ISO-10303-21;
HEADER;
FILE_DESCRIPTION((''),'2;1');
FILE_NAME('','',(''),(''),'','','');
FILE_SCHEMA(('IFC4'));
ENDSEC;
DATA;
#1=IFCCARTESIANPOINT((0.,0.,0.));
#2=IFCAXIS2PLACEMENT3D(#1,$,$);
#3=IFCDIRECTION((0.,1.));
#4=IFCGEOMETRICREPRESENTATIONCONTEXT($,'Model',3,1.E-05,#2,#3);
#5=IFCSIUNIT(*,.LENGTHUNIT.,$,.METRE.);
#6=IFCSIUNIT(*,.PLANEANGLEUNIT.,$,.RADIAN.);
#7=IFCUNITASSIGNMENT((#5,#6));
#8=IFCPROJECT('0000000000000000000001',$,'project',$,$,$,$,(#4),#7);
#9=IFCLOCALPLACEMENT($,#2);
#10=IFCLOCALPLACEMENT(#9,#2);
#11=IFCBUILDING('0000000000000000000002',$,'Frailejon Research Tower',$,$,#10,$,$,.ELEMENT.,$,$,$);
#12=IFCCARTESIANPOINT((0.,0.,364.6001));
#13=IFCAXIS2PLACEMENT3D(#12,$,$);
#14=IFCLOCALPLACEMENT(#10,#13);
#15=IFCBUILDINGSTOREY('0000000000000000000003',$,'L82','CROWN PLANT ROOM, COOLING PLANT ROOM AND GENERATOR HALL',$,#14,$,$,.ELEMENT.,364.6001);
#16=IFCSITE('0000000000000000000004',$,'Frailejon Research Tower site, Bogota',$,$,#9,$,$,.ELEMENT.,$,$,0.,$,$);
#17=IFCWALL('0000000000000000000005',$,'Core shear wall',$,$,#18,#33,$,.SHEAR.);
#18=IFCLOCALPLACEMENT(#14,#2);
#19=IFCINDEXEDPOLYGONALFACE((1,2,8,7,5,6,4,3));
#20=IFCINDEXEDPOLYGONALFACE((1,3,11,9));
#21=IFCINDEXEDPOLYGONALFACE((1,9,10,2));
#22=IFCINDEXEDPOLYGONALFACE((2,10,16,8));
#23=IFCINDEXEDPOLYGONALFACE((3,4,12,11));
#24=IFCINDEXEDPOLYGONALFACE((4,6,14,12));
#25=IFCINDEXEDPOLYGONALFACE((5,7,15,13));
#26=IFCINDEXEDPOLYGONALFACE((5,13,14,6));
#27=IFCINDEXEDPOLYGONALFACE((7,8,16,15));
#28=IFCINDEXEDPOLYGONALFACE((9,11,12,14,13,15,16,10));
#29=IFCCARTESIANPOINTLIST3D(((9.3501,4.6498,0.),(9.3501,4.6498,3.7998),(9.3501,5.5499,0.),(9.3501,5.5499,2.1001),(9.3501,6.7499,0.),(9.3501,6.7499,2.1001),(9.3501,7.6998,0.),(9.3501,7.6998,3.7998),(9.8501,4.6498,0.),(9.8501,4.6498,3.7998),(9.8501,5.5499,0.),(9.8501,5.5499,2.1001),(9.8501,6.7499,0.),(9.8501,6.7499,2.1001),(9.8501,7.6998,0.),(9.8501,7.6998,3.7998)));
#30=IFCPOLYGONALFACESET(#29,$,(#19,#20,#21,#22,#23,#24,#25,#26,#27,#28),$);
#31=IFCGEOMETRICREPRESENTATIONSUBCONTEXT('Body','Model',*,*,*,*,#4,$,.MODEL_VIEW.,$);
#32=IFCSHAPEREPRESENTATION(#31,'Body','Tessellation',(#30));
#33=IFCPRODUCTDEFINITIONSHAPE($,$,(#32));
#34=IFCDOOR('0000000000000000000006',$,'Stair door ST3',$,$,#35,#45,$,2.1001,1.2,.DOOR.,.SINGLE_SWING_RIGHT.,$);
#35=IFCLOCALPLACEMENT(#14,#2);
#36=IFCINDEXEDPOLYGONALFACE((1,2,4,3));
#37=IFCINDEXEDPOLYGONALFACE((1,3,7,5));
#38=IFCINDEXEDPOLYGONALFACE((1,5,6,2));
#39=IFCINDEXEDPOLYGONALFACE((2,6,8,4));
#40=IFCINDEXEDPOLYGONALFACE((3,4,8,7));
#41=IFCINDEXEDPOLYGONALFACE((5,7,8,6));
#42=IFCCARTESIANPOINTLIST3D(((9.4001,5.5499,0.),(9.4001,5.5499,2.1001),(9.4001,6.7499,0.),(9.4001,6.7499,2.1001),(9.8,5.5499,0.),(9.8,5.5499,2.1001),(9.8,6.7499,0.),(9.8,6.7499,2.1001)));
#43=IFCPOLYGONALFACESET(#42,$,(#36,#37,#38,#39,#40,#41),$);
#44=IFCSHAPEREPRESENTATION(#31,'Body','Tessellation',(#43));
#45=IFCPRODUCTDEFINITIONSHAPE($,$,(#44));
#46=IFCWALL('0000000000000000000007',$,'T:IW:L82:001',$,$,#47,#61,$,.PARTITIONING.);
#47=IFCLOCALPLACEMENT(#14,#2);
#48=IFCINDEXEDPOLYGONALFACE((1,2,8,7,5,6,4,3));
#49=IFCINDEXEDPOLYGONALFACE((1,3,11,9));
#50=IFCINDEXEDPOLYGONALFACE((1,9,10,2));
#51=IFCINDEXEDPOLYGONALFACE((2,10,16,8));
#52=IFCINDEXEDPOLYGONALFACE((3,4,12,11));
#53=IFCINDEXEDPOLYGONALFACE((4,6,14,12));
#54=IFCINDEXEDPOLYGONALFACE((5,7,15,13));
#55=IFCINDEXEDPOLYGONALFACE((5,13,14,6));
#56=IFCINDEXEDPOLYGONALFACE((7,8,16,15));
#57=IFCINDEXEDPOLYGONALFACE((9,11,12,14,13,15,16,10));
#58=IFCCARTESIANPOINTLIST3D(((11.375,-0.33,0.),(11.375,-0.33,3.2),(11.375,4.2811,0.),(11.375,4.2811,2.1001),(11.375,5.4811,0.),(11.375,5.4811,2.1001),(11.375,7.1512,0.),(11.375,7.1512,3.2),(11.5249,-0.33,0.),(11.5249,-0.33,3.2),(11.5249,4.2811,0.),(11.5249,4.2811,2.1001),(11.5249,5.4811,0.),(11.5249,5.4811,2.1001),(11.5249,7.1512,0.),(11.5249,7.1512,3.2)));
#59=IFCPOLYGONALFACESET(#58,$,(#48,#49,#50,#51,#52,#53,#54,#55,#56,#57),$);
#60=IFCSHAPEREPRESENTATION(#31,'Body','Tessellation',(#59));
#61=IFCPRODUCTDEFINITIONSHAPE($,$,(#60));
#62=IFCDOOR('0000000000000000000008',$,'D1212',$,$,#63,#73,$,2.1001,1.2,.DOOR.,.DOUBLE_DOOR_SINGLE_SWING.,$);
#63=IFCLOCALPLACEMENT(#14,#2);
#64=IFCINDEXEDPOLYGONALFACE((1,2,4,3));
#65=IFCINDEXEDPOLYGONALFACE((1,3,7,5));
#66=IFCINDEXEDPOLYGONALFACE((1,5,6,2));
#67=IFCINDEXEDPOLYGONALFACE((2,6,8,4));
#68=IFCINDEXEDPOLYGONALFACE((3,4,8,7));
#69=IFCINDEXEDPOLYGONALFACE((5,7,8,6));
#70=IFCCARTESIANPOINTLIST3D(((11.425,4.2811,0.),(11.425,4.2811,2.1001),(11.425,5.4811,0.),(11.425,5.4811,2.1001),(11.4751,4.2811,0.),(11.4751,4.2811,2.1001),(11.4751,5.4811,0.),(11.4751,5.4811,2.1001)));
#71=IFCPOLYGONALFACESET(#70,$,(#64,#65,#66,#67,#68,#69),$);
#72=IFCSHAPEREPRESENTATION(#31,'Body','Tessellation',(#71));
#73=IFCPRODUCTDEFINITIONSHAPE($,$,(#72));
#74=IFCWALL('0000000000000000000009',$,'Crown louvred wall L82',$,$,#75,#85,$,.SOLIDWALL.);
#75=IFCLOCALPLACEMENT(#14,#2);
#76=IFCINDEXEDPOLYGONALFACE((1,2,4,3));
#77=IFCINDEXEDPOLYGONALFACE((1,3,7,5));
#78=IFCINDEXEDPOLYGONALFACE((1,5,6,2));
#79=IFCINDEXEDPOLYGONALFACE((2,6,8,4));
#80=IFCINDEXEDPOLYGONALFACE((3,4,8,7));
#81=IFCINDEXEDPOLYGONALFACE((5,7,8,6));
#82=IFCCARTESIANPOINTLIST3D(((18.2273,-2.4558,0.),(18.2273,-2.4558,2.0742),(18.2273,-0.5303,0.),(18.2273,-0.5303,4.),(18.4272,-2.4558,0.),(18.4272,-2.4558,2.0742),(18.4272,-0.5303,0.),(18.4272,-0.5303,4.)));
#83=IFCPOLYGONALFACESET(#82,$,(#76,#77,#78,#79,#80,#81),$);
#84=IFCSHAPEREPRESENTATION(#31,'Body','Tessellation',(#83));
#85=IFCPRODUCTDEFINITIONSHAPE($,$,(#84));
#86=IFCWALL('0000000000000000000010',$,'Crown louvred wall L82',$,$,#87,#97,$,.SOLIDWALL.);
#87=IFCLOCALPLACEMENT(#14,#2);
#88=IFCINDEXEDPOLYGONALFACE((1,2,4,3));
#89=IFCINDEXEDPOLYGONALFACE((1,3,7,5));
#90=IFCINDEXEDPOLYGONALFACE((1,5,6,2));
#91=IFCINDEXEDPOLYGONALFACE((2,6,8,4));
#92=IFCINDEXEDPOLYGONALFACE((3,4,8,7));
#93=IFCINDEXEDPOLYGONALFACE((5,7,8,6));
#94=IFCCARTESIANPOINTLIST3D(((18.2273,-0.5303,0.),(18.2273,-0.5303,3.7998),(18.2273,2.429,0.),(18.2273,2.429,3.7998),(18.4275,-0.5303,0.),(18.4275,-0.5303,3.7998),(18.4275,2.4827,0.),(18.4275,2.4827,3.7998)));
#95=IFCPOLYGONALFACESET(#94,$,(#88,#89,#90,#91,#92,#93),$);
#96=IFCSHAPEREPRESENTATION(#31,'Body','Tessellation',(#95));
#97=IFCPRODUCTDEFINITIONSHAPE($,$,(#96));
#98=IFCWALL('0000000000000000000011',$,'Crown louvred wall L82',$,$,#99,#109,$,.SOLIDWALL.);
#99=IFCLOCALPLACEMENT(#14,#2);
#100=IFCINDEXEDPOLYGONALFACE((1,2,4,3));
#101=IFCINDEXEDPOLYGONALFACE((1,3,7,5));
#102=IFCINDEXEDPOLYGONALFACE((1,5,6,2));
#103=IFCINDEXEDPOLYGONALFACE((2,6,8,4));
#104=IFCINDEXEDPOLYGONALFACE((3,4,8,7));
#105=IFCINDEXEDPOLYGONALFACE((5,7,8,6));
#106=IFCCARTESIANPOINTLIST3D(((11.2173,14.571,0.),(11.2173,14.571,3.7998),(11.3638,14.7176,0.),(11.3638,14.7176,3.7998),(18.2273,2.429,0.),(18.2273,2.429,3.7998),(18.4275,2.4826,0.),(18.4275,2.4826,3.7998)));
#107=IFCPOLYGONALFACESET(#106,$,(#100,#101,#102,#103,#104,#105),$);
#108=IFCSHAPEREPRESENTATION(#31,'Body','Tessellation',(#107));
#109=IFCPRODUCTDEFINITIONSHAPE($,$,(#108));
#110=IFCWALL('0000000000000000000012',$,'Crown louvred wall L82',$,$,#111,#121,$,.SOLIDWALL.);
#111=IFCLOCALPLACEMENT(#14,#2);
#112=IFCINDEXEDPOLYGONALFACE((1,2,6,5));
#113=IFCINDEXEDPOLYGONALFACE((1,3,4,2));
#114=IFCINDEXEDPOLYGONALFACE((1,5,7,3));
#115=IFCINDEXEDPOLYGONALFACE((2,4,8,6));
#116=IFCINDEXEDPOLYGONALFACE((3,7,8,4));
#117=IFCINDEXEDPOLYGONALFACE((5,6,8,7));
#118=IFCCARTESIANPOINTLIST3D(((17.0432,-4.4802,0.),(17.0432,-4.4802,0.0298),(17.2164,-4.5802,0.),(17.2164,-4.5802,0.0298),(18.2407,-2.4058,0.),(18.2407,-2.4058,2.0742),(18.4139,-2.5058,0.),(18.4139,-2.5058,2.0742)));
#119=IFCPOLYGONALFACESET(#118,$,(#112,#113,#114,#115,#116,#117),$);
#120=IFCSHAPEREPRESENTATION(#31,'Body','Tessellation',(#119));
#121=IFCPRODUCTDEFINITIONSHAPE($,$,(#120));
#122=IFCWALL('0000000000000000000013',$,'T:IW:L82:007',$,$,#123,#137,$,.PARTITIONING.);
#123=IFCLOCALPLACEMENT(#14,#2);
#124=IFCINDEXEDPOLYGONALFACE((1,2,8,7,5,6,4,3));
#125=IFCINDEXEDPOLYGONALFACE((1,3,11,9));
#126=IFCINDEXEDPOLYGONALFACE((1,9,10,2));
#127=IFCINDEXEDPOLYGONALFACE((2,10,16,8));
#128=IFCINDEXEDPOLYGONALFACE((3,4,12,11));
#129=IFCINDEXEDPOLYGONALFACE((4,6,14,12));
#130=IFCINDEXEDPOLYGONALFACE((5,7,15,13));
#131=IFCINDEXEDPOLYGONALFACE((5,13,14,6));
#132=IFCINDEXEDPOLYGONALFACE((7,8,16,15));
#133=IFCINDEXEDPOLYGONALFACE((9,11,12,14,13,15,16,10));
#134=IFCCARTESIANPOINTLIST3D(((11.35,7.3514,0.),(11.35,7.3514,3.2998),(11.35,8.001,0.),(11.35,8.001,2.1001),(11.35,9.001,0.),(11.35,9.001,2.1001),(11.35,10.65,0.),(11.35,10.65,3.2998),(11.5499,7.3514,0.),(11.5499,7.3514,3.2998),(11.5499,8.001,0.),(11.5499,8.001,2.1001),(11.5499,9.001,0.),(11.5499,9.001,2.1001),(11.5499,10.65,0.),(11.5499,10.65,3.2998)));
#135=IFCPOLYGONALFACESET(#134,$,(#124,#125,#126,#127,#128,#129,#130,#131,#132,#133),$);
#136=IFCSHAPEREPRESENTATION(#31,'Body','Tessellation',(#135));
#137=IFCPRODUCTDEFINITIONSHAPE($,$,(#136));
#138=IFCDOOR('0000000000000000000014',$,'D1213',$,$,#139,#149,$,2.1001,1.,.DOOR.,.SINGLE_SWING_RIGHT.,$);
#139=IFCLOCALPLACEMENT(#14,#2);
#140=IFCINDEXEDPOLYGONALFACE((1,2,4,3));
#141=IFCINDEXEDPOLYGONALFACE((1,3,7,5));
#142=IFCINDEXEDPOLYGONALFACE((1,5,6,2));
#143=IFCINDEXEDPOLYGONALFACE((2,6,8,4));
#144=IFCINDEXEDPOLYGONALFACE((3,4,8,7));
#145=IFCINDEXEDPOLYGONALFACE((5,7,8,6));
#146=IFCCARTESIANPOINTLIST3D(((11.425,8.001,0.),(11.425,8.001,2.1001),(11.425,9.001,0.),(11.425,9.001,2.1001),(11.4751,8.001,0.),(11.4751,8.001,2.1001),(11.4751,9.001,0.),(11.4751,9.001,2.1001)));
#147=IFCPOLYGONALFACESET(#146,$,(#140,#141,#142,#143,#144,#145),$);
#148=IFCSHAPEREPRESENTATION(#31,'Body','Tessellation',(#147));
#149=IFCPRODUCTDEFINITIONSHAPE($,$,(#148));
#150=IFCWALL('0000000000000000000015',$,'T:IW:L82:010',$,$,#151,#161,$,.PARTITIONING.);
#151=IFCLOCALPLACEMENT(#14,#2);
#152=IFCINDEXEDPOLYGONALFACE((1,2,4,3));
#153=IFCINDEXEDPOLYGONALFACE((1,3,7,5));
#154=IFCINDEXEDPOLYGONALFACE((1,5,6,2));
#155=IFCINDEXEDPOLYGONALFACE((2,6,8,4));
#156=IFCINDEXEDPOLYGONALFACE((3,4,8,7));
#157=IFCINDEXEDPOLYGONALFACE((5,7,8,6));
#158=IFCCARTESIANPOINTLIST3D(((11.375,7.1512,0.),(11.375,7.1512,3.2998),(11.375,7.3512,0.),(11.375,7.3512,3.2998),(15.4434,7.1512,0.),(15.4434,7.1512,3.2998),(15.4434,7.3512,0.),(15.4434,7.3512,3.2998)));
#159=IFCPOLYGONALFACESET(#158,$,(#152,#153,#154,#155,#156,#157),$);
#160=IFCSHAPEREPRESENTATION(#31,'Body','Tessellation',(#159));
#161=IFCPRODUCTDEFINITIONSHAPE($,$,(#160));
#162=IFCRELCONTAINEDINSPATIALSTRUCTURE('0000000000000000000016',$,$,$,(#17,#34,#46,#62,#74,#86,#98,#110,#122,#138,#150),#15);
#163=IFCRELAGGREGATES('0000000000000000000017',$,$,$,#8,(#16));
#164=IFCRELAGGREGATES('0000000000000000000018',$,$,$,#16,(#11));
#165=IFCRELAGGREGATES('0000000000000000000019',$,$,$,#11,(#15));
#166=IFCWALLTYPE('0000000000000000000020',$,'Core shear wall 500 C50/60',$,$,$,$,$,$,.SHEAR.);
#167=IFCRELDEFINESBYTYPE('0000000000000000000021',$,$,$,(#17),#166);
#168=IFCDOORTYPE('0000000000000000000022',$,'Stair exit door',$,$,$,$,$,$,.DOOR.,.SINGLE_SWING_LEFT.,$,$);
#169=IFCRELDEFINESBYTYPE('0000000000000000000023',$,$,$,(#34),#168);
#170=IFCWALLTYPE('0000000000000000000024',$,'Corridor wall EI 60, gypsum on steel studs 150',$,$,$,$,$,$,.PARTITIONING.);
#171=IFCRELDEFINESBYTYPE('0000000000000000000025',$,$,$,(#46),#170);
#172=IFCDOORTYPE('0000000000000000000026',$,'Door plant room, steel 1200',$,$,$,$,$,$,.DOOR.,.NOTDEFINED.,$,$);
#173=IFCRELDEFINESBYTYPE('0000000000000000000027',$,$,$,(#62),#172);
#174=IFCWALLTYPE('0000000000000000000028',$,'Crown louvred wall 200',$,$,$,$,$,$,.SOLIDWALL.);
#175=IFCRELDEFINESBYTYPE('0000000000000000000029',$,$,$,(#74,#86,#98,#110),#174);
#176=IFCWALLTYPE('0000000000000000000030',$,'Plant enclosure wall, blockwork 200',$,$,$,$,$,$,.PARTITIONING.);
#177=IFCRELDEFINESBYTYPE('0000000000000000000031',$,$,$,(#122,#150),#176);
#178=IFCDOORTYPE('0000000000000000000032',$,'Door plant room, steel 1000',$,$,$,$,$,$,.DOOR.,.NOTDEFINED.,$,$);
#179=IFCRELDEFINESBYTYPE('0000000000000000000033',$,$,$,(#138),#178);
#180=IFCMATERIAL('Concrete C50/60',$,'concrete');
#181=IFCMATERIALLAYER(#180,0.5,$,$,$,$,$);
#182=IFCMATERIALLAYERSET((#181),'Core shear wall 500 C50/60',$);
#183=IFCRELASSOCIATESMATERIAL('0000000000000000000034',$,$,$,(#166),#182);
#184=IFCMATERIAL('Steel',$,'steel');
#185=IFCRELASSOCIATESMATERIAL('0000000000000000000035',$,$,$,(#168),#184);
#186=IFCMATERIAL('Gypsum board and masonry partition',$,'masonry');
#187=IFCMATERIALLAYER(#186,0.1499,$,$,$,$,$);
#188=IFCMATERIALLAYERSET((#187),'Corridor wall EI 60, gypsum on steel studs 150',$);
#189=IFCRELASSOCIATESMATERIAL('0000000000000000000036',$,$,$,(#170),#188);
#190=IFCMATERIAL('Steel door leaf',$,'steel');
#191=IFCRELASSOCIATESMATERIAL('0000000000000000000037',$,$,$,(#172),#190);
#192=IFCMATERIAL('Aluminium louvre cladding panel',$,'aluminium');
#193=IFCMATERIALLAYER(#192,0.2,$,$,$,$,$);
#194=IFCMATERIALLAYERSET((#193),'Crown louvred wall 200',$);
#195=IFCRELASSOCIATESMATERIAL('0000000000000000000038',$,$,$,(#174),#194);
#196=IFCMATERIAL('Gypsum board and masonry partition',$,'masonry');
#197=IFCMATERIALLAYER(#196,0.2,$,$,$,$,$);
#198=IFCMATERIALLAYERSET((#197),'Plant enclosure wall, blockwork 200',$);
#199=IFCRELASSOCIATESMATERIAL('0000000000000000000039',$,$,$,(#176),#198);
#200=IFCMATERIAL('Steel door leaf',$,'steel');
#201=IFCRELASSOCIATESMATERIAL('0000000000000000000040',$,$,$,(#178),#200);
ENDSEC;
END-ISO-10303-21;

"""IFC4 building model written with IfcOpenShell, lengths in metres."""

from ifc_helpers import new_model, si_unit, direction, frame, frame_2d, origin, place, context, subcontext, project, spatial, polyline, rectangle, outline, extrude, material, layer, layer_set, type_object, element, fill, save


model = new_model("IFC4")

# Units and contexts
model_context = context("Model", 3, precision=1e-05, world=origin(), true_north=direction((0.0, 1.0)))
body_context = subcontext(model_context, "Body", "Model", "MODEL_VIEW")
ifc_project = project(units=[si_unit("LENGTHUNIT", "METRE"), si_unit("PLANEANGLEUNIT", "RADIAN")], contexts=[model_context])

# Site, building, storey
site_placement = place(None, origin())
site = spatial("IfcSite", under=ifc_project, at=site_placement, Name="Frailejon Research Tower site, Bogota", CompositionType="ELEMENT", RefElevation=0.0)
building_placement = place(site_placement, origin())
building = spatial("IfcBuilding", under=site, at=building_placement, Name="Frailejon Research Tower", CompositionType="ELEMENT")
storey_placement = place(building_placement, frame((0.0, 0.0, 364.6001)))
storey = spatial("IfcBuildingStorey", under=building, at=storey_placement, Name="L82", Description="CROWN PLANT ROOM, COOLING PLANT ROOM AND GENERATOR HALL", CompositionType="ELEMENT", Elevation=364.6001)

# Walls, openings, doors
ifc_material_1 = material(Name="Concrete C50/60", Category="concrete")
ifc_layer_1 = layer(ifc_material_1, 0.5)
ifc_layer_set_1 = layer_set([ifc_layer_1], Name="Core shear wall 500 C50/60")
wall_type_1 = type_object("IfcWallType", Name="Core shear wall 500 C50/60", PredefinedType="SHEAR", material=ifc_layer_set_1)
wall_1_placement = place(storey_placement, frame((9.6001, 4.6499, 0.0), z_axis=(0.0, 0.0, 1.0), x_axis=(0.0, 1.0, 0.0)))
wall_1 = element("IfcWall", 1, at=wall_1_placement, inside=storey, type_object=wall_type_1, Name="Core shear wall", PredefinedType="SHEAR", context=body_context, shape_type="SweptSolid", body=[
    extrude(rectangle(XDim=3.05, YDim=0.5, at=frame_2d((1.5249, 0.0))), origin(), (0.0, 0.0, 1.0), 3.7998),
])
opening_1_placement = place(wall_1_placement, frame((0.8999, 0.0, 0.0)))
opening_1 = element("IfcOpeningElement", 2, at=opening_1_placement, cuts=wall_1, PredefinedType="OPENING", context=body_context, shape_type="SweptSolid", body=[
    extrude(rectangle(XDim=1.2, YDim=2.1001, at=frame_2d((0.6001, 1.05))), frame((0.0, 0.26, 0.0), z_axis=(0.0, -1.0, 0.0), x_axis=(1.0, 0.0, 0.0)), (0.0, 0.0, 1.0), 0.52),
])
ifc_material_2 = material(Name="Steel", Category="steel")
door_type_1 = type_object("IfcDoorType", Name="Stair exit door", OperationType="SINGLE_SWING_LEFT", PredefinedType="DOOR", material=ifc_material_2)
door_1_placement = place(opening_1_placement, origin())
door_1 = element("IfcDoor", 3, at=door_1_placement, inside=storey, type_object=door_type_1, Name="Stair door ST3", OperationType="SINGLE_SWING_RIGHT", OverallHeight=2.1001, OverallWidth=1.2, PredefinedType="DOOR", context=body_context, shape_type="SweptSolid", body=[
    extrude(rectangle(XDim=1.2, YDim=2.1001, at=frame_2d((0.6001, 1.05))), frame((0.0, 0.2, 0.0), z_axis=(0.0, -1.0, 0.0), x_axis=(1.0, 0.0, 0.0)), (0.0, 0.0, 1.0), 0.3999),
])
fill(opening_1, door_1)
ifc_material_3 = material(Name="Gypsum board and masonry partition", Category="masonry")
ifc_layer_2 = layer(ifc_material_3, 0.1499)
ifc_layer_set_2 = layer_set([ifc_layer_2], Name="Corridor wall EI 60, gypsum on steel studs 150")
wall_type_2 = type_object("IfcWallType", Name="Corridor wall EI 60, gypsum on steel studs 150", PredefinedType="PARTITIONING", material=ifc_layer_set_2)
wall_2_placement = place(storey_placement, frame((11.45, -0.3301, 0.0), z_axis=(0.0, 0.0, 1.0), x_axis=(0.0, 1.0, 0.0)))
wall_2 = element("IfcWall", 4, at=wall_2_placement, inside=storey, type_object=wall_type_2, Name="T:IW:L82:001", PredefinedType="PARTITIONING", context=body_context, shape_type="SweptSolid", body=[
    extrude(rectangle(XDim=7.4812, YDim=0.1499, at=frame_2d((3.7407, 0.0))), origin(), (0.0, 0.0, 1.0), 3.2),
])
opening_2_placement = place(wall_2_placement, frame((4.6111, 0.0, 0.0)))
opening_2 = element("IfcOpeningElement", 5, at=opening_2_placement, cuts=wall_2, PredefinedType="OPENING", context=body_context, shape_type="SweptSolid", body=[
    extrude(rectangle(XDim=1.2, YDim=2.1001, at=frame_2d((0.6001, 1.05))), frame((0.0, 0.085, 0.0), z_axis=(0.0, -1.0, 0.0), x_axis=(1.0, 0.0, 0.0)), (0.0, 0.0, 1.0), 0.1699),
])
ifc_material_4 = material(Name="Steel door leaf", Category="steel")
door_type_2 = type_object("IfcDoorType", Name="Door plant room, steel 1200", OperationType="NOTDEFINED", PredefinedType="DOOR", material=ifc_material_4)
door_2_placement = place(opening_2_placement, origin())
door_2 = element("IfcDoor", 6, at=door_2_placement, inside=storey, type_object=door_type_2, Name="D1212", OperationType="DOUBLE_DOOR_SINGLE_SWING", OverallHeight=2.1001, OverallWidth=1.2, PredefinedType="DOOR", context=body_context, shape_type="SweptSolid", body=[
    extrude(rectangle(XDim=1.2, YDim=2.1001, at=frame_2d((0.6001, 1.05))), frame((0.0, 0.0249, 0.0), z_axis=(0.0, -1.0, 0.0), x_axis=(1.0, 0.0, 0.0)), (0.0, 0.0, 1.0), 0.05),
])
fill(opening_2, door_2)

# Walls
ifc_material_5 = material(Name="Aluminium louvre cladding panel", Category="aluminium")
ifc_layer_3 = layer(ifc_material_5, 0.2)
ifc_layer_set_3 = layer_set([ifc_layer_3], Name="Crown louvred wall 200")
wall_type_3 = type_object("IfcWallType", Name="Crown louvred wall 200", PredefinedType="SOLIDWALL", material=ifc_layer_set_3)
wall_3_placement = place(storey_placement, frame((18.3274, -2.4558, 0.0), z_axis=(0.0, 0.0, 1.0), x_axis=(0.0, 1.0, 0.0)))
element("IfcWall", 7, at=wall_3_placement, inside=storey, type_object=wall_type_3, Name="Crown louvred wall L82", PredefinedType="SOLIDWALL", context=body_context, shape_type="SweptSolid", body=[
    extrude(outline(polyline([(0.0, 0.0), (1.9255, 0.0), (1.9255, 4.0), (0.0, 2.0742), (0.0, 0.0)])), frame((0.0, 0.1001, 0.0), z_axis=(0.0, -1.0, 0.0), x_axis=(1.0, 0.0, 0.0)), (0.0, 0.0, 1.0), 0.2),
])
wall_4_placement = place(storey_placement, frame((18.3274, -0.5303, 0.0), z_axis=(0.0, 0.0, 1.0), x_axis=(0.0, 1.0, 0.0)))
element("IfcWall", 8, at=wall_4_placement, inside=storey, type_object=wall_type_3, Name="Crown louvred wall L82", PredefinedType="SOLIDWALL", context=body_context, shape_type="SweptSolid", body=[
    extrude(outline(polyline([(0.0, -0.1001), (3.0129, -0.1001), (2.9592, 0.1001), (0.0, 0.1001), (0.0, -0.1001)])), origin(), (0.0, 0.0, 1.0), 3.7998),
])
wall_5_placement = place(storey_placement, frame((18.3274, 2.4558, 0.0), z_axis=(0.0, 0.0, 1.0), x_axis=(-0.499992, 0.86603, 0.0)))
element("IfcWall", 9, at=wall_5_placement, inside=storey, type_object=wall_type_3, Name="Crown louvred wall L82", PredefinedType="SOLIDWALL", context=body_context, shape_type="SweptSolid", body=[
    extrude(outline(polyline([(-0.0269, -0.1001), (14.1008, -0.1001), (14.0471, 0.1001), (0.0269, 0.1001), (-0.0269, -0.1001)])), origin(), (0.0, 0.0, 1.0), 3.7998),
])
wall_6_placement = place(storey_placement, frame((17.1299, -4.5303, 0.0), z_axis=(0.0, 0.0, 1.0), x_axis=(0.499943, 0.866058, 0.0)))
element("IfcWall", 10, at=wall_6_placement, inside=storey, type_object=wall_type_3, Name="Crown louvred wall L82", PredefinedType="SOLIDWALL", context=body_context, shape_type="SweptSolid", body=[
    extrude(outline(polyline([(0.0, 0.0), (2.3953, 0.0), (2.3953, 2.0742), (0.0, 0.0298), (0.0, 0.0)])), frame((0.0, 0.1001, 0.0), z_axis=(0.0, -1.0, 0.0), x_axis=(1.0, 0.0, 0.0)), (0.0, 0.0, 1.0), 0.2),
])

# Wall, opening, door
ifc_material_6 = material(Name="Gypsum board and masonry partition", Category="masonry")
ifc_layer_4 = layer(ifc_material_6, 0.2)
ifc_layer_set_4 = layer_set([ifc_layer_4], Name="Plant enclosure wall, blockwork 200")
wall_type_4 = type_object("IfcWallType", Name="Plant enclosure wall, blockwork 200", PredefinedType="PARTITIONING", material=ifc_layer_set_4)
wall_7_placement = place(storey_placement, frame((11.45, 7.3513, 0.0), z_axis=(0.0, 0.0, 1.0), x_axis=(0.0, 1.0, 0.0)))
wall_7 = element("IfcWall", 11, at=wall_7_placement, inside=storey, type_object=wall_type_4, Name="T:IW:L82:007", PredefinedType="PARTITIONING", context=body_context, shape_type="SweptSolid", body=[
    extrude(rectangle(XDim=3.2986, YDim=0.2, at=frame_2d((1.6494, 0.0))), origin(), (0.0, 0.0, 1.0), 3.2998),
])
opening_3_placement = place(wall_7_placement, frame((0.6497, 0.0, 0.0)))
opening_3 = element("IfcOpeningElement", 12, at=opening_3_placement, cuts=wall_7, PredefinedType="OPENING", context=body_context, shape_type="SweptSolid", body=[
    extrude(rectangle(XDim=1.0, YDim=2.1001, at=frame_2d((0.5, 1.05))), frame((0.0, 0.1099, 0.0), z_axis=(0.0, -1.0, 0.0), x_axis=(1.0, 0.0, 0.0)), (0.0, 0.0, 1.0), 0.22),
])
ifc_material_7 = material(Name="Steel door leaf", Category="steel")
door_type_3 = type_object("IfcDoorType", Name="Door plant room, steel 1000", OperationType="NOTDEFINED", PredefinedType="DOOR", material=ifc_material_7)
door_3_placement = place(opening_3_placement, origin())
door_3 = element("IfcDoor", 13, at=door_3_placement, inside=storey, type_object=door_type_3, Name="D1213", OperationType="SINGLE_SWING_RIGHT", OverallHeight=2.1001, OverallWidth=1.0, PredefinedType="DOOR", context=body_context, shape_type="SweptSolid", body=[
    extrude(rectangle(XDim=1.0, YDim=2.1001, at=frame_2d((0.5, 1.05))), frame((0.0, 0.0249, 0.0), z_axis=(0.0, -1.0, 0.0), x_axis=(1.0, 0.0, 0.0)), (0.0, 0.0, 1.0), 0.05),
])
fill(opening_3, door_3)

# Wall
wall_8_placement = place(storey_placement, frame((11.375, 7.2512, 0.0), z_axis=(0.0, 0.0, 1.0), x_axis=(1.0, 0.0, 0.0)))
element("IfcWall", 14, at=wall_8_placement, inside=storey, type_object=wall_type_4, Name="T:IW:L82:010", PredefinedType="PARTITIONING", context=body_context, shape_type="SweptSolid", body=[
    extrude(rectangle(XDim=4.0684, YDim=0.2, at=frame_2d((2.0342, 0.0))), origin(), (0.0, 0.0, 1.0), 3.2998),
])

save(model, "model.ifc")
